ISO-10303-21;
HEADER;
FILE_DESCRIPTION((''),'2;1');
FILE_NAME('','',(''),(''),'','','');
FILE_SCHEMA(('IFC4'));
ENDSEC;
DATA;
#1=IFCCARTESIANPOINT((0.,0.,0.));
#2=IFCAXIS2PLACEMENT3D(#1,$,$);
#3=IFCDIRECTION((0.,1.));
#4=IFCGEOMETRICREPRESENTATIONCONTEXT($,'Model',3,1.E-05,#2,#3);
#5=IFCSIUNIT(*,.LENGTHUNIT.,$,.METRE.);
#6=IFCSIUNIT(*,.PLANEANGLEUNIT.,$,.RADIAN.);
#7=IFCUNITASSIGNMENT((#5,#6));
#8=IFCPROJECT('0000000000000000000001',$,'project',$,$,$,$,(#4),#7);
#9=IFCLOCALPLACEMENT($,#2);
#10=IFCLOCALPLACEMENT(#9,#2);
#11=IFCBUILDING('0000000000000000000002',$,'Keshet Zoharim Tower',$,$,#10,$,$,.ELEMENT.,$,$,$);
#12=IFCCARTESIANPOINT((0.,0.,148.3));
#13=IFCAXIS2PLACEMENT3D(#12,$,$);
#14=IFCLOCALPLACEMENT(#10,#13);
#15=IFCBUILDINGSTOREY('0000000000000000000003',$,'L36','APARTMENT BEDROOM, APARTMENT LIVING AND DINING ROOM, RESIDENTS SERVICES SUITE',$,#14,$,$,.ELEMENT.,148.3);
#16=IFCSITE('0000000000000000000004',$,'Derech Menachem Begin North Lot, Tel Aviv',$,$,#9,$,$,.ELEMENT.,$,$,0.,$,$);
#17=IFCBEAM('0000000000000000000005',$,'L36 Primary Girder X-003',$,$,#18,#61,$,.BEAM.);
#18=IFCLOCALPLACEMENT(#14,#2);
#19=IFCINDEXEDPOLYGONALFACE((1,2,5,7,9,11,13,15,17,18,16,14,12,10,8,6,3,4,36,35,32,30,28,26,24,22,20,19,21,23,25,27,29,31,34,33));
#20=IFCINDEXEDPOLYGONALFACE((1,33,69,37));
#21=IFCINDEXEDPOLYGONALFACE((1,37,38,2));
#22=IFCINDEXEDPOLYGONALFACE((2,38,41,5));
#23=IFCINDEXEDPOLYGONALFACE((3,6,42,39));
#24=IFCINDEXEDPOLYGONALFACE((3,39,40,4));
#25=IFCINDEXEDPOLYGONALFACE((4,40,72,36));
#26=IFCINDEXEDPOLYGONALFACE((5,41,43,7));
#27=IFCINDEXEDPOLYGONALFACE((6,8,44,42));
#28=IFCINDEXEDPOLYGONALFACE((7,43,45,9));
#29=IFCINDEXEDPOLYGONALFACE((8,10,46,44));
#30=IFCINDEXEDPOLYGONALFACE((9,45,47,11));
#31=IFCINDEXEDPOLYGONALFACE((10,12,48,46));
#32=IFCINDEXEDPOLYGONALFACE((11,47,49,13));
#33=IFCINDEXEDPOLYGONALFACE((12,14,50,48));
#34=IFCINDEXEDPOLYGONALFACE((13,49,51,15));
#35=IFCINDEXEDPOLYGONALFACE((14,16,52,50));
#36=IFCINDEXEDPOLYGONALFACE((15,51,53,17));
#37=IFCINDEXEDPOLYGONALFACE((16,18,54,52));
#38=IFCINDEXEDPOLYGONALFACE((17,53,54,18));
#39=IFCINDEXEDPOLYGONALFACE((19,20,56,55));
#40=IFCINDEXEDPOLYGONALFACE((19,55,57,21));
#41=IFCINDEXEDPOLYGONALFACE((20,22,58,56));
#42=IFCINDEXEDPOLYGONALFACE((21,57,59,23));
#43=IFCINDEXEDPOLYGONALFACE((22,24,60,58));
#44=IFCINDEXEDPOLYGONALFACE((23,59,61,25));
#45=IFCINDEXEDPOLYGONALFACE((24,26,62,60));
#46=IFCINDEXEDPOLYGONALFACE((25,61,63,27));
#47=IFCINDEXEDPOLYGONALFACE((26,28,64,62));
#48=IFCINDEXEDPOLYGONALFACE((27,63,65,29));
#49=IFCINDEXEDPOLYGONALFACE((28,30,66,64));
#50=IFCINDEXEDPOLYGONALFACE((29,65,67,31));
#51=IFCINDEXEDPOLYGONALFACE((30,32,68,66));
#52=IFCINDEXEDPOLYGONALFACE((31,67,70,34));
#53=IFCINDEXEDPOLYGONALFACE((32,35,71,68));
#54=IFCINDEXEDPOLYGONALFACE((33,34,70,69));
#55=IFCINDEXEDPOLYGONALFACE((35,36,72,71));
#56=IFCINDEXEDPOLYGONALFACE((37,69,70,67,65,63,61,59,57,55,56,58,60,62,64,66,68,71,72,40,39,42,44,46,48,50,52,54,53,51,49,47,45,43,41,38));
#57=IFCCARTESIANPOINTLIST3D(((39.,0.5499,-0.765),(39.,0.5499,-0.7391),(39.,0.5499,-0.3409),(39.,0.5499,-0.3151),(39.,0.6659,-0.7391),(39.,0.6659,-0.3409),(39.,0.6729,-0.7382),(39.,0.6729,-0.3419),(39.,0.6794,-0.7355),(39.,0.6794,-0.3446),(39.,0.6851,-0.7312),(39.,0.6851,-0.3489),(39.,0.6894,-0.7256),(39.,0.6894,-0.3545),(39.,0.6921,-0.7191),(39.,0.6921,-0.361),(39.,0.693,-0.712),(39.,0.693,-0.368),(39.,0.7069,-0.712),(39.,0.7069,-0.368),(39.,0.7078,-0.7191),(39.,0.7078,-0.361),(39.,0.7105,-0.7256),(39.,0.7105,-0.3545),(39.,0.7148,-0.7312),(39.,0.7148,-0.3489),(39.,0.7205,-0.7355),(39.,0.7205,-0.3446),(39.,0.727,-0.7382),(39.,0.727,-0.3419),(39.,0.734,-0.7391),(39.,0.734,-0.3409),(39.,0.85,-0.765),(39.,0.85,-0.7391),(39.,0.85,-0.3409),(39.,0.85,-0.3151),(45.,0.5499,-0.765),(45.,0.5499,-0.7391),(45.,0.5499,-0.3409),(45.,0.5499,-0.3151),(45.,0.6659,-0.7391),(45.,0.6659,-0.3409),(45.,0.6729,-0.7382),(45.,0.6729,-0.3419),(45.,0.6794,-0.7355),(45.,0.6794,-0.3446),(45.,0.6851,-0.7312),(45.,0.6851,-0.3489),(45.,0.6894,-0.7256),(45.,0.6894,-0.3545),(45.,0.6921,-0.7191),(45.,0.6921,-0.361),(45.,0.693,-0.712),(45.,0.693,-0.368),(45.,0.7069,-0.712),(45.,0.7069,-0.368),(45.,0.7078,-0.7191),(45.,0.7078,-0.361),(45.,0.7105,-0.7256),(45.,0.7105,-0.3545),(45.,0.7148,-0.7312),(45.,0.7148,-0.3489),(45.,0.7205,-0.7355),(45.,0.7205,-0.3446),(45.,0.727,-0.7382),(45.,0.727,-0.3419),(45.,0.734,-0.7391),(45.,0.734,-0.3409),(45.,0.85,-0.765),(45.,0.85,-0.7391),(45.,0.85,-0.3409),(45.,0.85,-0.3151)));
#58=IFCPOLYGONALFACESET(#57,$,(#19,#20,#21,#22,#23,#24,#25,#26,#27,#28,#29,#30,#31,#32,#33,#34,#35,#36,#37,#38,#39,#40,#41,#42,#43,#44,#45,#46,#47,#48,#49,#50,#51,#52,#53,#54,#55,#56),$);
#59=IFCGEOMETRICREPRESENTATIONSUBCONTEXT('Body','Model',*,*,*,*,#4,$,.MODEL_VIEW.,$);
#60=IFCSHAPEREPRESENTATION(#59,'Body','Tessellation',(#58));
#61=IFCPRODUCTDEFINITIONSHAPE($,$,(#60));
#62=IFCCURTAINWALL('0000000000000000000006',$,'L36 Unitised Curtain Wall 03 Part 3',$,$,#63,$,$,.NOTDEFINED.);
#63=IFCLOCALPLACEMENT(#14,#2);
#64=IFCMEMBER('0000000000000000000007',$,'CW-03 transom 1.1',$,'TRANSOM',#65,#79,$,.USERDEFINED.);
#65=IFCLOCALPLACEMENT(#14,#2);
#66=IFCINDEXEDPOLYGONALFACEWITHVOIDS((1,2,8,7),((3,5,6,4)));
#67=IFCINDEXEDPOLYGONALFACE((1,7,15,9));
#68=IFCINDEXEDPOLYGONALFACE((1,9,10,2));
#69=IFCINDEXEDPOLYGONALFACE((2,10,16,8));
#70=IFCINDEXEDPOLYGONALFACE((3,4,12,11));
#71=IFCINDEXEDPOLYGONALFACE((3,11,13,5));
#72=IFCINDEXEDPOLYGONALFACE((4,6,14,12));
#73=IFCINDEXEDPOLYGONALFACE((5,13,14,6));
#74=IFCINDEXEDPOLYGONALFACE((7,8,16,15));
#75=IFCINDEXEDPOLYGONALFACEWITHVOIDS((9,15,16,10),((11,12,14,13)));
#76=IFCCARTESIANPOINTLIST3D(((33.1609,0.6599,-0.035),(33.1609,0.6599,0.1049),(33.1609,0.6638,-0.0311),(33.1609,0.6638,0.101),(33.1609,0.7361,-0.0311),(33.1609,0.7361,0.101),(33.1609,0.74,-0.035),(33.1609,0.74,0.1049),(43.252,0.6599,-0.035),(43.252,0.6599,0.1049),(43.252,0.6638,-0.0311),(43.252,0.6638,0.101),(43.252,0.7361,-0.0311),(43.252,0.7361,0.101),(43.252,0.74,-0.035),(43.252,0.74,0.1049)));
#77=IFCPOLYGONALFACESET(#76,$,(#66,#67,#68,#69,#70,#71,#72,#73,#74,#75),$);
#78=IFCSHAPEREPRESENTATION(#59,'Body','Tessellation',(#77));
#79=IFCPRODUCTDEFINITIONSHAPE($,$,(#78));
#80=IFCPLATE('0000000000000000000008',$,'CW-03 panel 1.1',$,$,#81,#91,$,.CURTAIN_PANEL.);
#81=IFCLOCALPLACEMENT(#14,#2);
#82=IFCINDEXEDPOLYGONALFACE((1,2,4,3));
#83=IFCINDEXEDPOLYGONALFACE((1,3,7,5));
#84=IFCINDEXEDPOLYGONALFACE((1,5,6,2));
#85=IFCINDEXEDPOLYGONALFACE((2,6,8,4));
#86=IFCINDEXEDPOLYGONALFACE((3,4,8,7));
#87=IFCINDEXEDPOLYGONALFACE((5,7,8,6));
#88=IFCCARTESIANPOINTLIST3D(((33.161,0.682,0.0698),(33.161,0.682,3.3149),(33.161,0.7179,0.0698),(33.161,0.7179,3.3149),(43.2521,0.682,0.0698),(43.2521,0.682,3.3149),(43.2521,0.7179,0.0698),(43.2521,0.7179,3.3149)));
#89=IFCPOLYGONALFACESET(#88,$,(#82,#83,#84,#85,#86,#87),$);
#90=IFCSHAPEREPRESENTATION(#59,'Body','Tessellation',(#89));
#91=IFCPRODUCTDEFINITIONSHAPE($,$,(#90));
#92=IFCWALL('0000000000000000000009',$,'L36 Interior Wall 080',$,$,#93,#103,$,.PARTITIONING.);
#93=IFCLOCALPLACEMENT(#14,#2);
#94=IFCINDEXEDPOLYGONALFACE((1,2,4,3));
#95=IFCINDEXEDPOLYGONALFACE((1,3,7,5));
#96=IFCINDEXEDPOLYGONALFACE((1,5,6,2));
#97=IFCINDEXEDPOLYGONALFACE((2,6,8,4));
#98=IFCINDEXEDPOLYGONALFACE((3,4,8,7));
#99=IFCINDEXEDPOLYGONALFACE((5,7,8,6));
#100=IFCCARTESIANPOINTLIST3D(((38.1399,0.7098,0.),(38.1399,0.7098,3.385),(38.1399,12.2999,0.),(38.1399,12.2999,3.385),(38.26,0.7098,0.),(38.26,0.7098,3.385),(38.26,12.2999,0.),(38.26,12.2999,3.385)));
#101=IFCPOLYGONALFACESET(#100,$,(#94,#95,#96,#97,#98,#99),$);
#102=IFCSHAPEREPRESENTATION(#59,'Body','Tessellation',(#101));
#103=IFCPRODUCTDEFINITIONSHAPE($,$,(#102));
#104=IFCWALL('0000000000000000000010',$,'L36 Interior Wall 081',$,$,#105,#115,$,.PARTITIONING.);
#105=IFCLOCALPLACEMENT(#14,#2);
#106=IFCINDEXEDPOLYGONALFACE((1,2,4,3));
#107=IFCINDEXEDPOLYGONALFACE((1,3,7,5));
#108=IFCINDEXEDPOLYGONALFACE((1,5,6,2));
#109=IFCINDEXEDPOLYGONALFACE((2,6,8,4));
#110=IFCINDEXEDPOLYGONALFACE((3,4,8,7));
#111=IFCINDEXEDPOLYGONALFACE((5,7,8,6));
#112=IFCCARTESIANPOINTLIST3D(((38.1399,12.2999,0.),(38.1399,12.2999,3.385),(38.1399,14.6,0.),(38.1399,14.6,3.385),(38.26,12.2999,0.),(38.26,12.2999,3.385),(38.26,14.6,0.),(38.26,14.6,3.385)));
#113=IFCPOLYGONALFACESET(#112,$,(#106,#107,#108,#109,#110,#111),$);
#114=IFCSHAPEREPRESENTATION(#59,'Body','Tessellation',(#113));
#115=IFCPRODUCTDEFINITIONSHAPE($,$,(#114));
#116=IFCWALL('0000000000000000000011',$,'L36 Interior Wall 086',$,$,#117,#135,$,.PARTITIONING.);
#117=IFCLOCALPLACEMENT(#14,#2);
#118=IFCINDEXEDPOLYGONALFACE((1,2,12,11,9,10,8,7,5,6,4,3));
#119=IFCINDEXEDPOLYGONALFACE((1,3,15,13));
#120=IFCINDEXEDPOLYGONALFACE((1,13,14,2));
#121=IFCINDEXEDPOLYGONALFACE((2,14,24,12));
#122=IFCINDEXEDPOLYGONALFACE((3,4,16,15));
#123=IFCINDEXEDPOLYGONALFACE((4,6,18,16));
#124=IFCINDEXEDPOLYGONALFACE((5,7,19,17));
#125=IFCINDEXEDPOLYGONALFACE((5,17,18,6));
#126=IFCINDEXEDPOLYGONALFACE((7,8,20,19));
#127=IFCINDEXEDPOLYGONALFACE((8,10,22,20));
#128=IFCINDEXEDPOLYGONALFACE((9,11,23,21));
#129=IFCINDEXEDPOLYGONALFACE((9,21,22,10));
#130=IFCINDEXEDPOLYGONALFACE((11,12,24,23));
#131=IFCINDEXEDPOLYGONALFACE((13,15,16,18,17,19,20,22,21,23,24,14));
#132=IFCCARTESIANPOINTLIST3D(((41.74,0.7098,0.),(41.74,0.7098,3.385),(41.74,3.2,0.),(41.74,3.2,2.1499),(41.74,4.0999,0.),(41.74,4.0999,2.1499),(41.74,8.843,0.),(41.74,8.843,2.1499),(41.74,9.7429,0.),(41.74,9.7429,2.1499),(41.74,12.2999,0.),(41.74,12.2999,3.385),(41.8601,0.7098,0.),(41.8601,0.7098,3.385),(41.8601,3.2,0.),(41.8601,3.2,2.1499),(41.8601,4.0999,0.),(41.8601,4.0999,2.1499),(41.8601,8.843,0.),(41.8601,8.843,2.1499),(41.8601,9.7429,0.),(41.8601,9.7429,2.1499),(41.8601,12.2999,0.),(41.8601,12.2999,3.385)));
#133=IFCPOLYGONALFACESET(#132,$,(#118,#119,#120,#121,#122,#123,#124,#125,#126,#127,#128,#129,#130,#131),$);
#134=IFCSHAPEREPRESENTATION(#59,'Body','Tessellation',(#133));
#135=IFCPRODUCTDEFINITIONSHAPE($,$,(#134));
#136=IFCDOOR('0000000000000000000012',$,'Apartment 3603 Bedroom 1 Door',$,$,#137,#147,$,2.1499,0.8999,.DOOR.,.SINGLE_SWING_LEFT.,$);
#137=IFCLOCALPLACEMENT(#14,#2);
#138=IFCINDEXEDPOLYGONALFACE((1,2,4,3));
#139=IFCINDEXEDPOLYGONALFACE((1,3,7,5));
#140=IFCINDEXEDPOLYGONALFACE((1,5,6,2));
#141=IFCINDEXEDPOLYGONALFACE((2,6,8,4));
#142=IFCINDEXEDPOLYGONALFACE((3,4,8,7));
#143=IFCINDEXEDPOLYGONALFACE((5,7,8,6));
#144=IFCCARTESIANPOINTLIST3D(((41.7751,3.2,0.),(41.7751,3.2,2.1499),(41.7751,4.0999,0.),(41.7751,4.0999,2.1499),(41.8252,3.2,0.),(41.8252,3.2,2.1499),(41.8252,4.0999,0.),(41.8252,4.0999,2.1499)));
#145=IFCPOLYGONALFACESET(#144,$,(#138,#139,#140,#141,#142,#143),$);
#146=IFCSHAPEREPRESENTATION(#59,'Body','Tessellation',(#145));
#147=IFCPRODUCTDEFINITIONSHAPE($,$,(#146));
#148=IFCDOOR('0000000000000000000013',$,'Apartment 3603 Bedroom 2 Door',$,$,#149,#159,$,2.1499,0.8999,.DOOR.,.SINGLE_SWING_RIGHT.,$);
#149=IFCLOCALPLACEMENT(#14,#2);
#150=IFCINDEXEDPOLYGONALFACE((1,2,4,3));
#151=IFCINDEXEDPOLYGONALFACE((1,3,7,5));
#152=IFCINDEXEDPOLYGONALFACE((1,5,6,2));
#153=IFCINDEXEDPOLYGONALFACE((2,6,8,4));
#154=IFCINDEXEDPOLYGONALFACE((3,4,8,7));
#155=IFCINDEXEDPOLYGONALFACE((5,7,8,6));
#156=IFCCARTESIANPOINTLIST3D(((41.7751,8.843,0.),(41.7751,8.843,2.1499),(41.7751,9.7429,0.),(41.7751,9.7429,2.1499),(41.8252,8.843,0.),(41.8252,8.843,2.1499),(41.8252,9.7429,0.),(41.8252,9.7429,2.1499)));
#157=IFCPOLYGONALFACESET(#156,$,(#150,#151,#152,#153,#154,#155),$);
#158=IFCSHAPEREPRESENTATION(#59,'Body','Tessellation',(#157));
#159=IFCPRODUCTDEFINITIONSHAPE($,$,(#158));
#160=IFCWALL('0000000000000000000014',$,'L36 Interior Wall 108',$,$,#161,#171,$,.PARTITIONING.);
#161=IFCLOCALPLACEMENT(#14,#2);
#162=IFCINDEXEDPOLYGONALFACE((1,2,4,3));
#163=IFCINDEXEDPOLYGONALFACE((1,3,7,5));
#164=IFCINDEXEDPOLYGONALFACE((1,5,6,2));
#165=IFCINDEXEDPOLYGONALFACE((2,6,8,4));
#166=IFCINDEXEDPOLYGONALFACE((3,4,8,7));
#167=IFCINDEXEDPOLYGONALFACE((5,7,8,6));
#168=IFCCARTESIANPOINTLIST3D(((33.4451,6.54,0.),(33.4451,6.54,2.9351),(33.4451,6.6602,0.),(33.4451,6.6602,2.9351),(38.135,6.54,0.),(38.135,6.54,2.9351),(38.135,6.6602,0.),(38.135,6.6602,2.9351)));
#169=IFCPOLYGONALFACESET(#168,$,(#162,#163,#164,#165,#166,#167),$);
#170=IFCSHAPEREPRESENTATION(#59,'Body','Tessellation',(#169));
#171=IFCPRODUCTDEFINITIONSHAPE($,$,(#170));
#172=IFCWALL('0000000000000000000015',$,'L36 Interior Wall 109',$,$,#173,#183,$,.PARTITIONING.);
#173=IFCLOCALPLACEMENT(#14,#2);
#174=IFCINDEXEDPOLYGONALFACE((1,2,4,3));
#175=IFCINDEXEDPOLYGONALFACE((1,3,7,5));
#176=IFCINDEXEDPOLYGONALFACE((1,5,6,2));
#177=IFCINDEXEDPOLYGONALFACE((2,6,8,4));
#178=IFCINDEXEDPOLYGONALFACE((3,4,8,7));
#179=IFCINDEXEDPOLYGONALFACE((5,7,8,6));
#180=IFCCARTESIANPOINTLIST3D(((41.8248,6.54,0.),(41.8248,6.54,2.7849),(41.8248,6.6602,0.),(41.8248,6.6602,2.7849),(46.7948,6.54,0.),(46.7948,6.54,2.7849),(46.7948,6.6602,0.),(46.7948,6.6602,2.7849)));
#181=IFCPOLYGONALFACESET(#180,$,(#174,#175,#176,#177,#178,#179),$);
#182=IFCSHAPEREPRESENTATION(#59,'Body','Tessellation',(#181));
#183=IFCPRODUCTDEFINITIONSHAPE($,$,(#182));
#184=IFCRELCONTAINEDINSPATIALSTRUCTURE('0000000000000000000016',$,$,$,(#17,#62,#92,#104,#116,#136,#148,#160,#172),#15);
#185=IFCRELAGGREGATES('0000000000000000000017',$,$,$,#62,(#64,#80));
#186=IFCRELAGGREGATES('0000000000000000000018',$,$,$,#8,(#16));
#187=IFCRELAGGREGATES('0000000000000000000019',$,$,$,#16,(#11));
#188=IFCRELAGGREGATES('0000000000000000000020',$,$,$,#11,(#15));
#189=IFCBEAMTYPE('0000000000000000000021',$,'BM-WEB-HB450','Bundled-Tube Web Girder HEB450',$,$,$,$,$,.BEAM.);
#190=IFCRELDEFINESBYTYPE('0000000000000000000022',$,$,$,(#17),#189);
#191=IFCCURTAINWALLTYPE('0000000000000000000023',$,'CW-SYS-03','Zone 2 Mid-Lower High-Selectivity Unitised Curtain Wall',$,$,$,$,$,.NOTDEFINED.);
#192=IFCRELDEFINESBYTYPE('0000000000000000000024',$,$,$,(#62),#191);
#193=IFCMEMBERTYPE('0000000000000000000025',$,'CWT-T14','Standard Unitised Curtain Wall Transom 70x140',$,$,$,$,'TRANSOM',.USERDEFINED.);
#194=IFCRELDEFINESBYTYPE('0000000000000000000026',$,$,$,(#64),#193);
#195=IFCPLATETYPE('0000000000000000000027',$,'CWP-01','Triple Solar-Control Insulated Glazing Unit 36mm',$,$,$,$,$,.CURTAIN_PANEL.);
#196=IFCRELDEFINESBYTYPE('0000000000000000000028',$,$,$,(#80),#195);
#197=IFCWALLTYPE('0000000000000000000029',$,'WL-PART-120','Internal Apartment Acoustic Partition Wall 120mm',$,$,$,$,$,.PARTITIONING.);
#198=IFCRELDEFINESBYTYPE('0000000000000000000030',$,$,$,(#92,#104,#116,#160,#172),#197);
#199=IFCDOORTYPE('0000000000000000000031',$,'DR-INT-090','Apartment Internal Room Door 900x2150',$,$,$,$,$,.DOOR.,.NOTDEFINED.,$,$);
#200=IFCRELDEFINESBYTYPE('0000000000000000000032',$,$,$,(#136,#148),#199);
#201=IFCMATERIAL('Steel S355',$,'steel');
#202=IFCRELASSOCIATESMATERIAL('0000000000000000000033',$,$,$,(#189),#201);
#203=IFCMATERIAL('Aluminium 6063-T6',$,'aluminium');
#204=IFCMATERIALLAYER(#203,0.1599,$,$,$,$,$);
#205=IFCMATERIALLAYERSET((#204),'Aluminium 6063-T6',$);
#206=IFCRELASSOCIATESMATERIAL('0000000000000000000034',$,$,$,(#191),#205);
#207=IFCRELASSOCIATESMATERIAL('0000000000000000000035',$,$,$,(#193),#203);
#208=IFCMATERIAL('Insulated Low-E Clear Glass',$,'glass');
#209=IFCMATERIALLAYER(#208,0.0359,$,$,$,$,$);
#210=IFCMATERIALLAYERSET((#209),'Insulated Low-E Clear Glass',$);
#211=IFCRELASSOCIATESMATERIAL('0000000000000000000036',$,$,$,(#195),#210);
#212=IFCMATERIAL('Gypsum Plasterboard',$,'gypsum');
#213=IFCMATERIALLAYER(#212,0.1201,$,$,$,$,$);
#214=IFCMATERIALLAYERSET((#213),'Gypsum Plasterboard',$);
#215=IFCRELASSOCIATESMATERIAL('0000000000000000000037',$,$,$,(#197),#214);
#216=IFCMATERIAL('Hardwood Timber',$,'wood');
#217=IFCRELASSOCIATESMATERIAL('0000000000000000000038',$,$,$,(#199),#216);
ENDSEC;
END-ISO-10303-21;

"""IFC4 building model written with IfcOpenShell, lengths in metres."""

from ifc_helpers import new_model, si_unit, direction, frame, frame_2d, origin, origin_2d, place, context, subcontext, project, spatial, rectangle, hollow_rectangle, i_section, extrude, material, layer, layer_set, material_profile, profile_set, type_object, element, fill, aggregate, save


model = new_model("IFC4")

# Units and contexts
model_context = context("Model", 3, precision=1e-05, world=origin(), true_north=direction((0.0, 1.0)))
body_context = subcontext(model_context, "Body", "Model", "MODEL_VIEW")
ifc_project = project(units=[si_unit("LENGTHUNIT", "METRE"), si_unit("PLANEANGLEUNIT", "RADIAN")], contexts=[model_context])

# Site, building, storey
site_placement = place(None, origin())
site = spatial("IfcSite", under=ifc_project, at=site_placement, Name="Derech Menachem Begin North Lot, Tel Aviv", CompositionType="ELEMENT", RefElevation=0.0)
building_placement = place(site_placement, origin())
building = spatial("IfcBuilding", under=site, at=building_placement, Name="Keshet Zoharim Tower", CompositionType="ELEMENT")
storey_placement = place(building_placement, frame((0.0, 0.0, 148.3)))
storey = spatial("IfcBuildingStorey", under=building, at=storey_placement, Name="L36", Description="APARTMENT BEDROOM, APARTMENT LIVING AND DINING ROOM, RESIDENTS SERVICES SUITE", CompositionType="ELEMENT", Elevation=148.3)

# Shared definitions
ifc_material_1 = material(Name="Steel S355", Category="steel")

# Beam
ifc_material_profile_1 = material_profile(ifc_material_1, i_section(OverallWidth=0.3, OverallDepth=0.45, WebThickness=0.0139, FlangeThickness=0.0259, FilletRadius=0.0271, at=origin_2d()), Name="HEB450")
ifc_profile_set_1 = profile_set([ifc_material_profile_1], Name="Steel S355")
beam_type_1 = type_object("IfcBeamType", Name="BM-WEB-HB450", Description="Bundled-Tube Web Girder HEB450", PredefinedType="BEAM", material=ifc_profile_set_1)
beam_1_placement = place(storey_placement, frame((39.0, 0.7, -0.54), z_axis=(1.0, 0.0, 0.0), x_axis=(0.0, 1.0, 0.0)))
element("IfcBeam", 1, at=beam_1_placement, inside=storey, type_object=beam_type_1, Name="L36 Primary Girder X-003", PredefinedType="BEAM", context=body_context, shape_type="SweptSolid", body=[
    extrude(i_section(OverallWidth=0.3, OverallDepth=0.45, WebThickness=0.0139, FlangeThickness=0.0259, FilletRadius=0.0271, at=origin_2d()), origin(), (0.0, 0.0, 1.0), 6.0),
])

# Curtain wall, member, plate
ifc_material_2 = material(Name="Aluminium 6063-T6", Category="aluminium")
ifc_layer_1 = layer(ifc_material_2, 0.1599)
ifc_layer_set_1 = layer_set([ifc_layer_1], Name="Aluminium 6063-T6")
curtain_wall_type = type_object("IfcCurtainWallType", Name="CW-SYS-03", Description="Zone 2 Mid-Lower High-Selectivity Unitised Curtain Wall", PredefinedType="NOTDEFINED", material=ifc_layer_set_1)
curtain_wall_placement = place(storey_placement, origin())
curtain_wall = element("IfcCurtainWall", 2, at=curtain_wall_placement, inside=storey, type_object=curtain_wall_type, Name="L36 Unitised Curtain Wall 03 Part 3", PredefinedType="NOTDEFINED")
ifc_material_profile_2 = material_profile(ifc_material_2, hollow_rectangle(XDim=0.0801, YDim=0.1399, WallThickness=0.0039, at=origin_2d()), Name="TRN-80x140")
ifc_profile_set_2 = profile_set([ifc_material_profile_2], Name="Aluminium 6063-T6")
member_type = type_object("IfcMemberType", Name="CWT-T14", Description="Standard Unitised Curtain Wall Transom 70x140", ElementType="TRANSOM", PredefinedType="USERDEFINED", material=ifc_profile_set_2)
member_placement = place(storey_placement, frame((43.252, 0.7, 0.0349), z_axis=(-1.0, 0.0, 0.0), x_axis=(0.0, -1.0, 0.0)))
member = element("IfcMember", 3, at=member_placement, type_object=member_type, Name="CW-03 transom 1.1", ObjectType="TRANSOM", PredefinedType="USERDEFINED", context=body_context, shape_type="SweptSolid", body=[
    extrude(hollow_rectangle(XDim=0.0801, YDim=0.1399, WallThickness=0.0039, at=origin_2d()), origin(), (0.0, 0.0, 1.0), 10.0911),
])
ifc_material_3 = material(Name="Insulated Low-E Clear Glass", Category="glass")
ifc_layer_2 = layer(ifc_material_3, 0.0359)
ifc_layer_set_2 = layer_set([ifc_layer_2], Name="Insulated Low-E Clear Glass")
plate_type = type_object("IfcPlateType", Name="CWP-01", Description="Triple Solar-Control Insulated Glazing Unit 36mm", PredefinedType="CURTAIN_PANEL", material=ifc_layer_set_2)
plate_placement = place(storey_placement, frame((38.2065, 0.7, 0.0698), z_axis=(0.0, 0.0, 1.0), x_axis=(-1.0, 0.0, 0.0)))
plate = element("IfcPlate", 4, at=plate_placement, type_object=plate_type, Name="CW-03 panel 1.1", PredefinedType="CURTAIN_PANEL", context=body_context, shape_type="SweptSolid", body=[
    extrude(rectangle(XDim=10.0911, YDim=0.0359, at=origin_2d()), origin(), (0.0, 0.0, 1.0), 3.2451),
])
aggregate(curtain_wall, [member, plate])

# Walls
ifc_material_4 = material(Name="Gypsum Plasterboard", Category="gypsum")
ifc_layer_3 = layer(ifc_material_4, 0.1201)
ifc_layer_set_3 = layer_set([ifc_layer_3], Name="Gypsum Plasterboard")
wall_type = type_object("IfcWallType", Name="WL-PART-120", Description="Internal Apartment Acoustic Partition Wall 120mm", PredefinedType="PARTITIONING", material=ifc_layer_set_3)
wall_1_placement = place(storey_placement, frame((38.2, 0.71, 0.0), z_axis=(0.0, 0.0, 1.0), x_axis=(0.0, 1.0, 0.0)))
element("IfcWall", 5, at=wall_1_placement, inside=storey, type_object=wall_type, Name="L36 Interior Wall 080", PredefinedType="PARTITIONING", context=body_context, shape_type="SweptSolid", body=[
    extrude(rectangle(XDim=11.5901, YDim=0.1201, at=frame_2d((5.7949, 0.0))), origin(), (0.0, 0.0, 1.0), 3.385),
])
wall_2_placement = place(storey_placement, frame((38.2, 12.3, 0.0), z_axis=(0.0, 0.0, 1.0), x_axis=(0.0, 1.0, 0.0)))
element("IfcWall", 6, at=wall_2_placement, inside=storey, type_object=wall_type, Name="L36 Interior Wall 081", PredefinedType="PARTITIONING", context=body_context, shape_type="SweptSolid", body=[
    extrude(rectangle(XDim=2.3, YDim=0.1201, at=frame_2d((1.1499, 0.0))), origin(), (0.0, 0.0, 1.0), 3.385),
])

# Wall, openings, doors
wall_3_placement = place(storey_placement, frame((41.8, 0.71, 0.0), z_axis=(0.0, 0.0, 1.0), x_axis=(0.0, 1.0, 0.0)))
wall_3 = element("IfcWall", 7, at=wall_3_placement, inside=storey, type_object=wall_type, Name="L36 Interior Wall 086", PredefinedType="PARTITIONING", context=body_context, shape_type="SweptSolid", body=[
    extrude(rectangle(XDim=11.5901, YDim=0.1201, at=frame_2d((5.7949, 0.0))), origin(), (0.0, 0.0, 1.0), 3.385),
])
opening_1_placement = place(wall_3_placement, frame((2.49, 0.0, 0.0)))
opening_1 = element("IfcOpeningElement", 8, at=opening_1_placement, cuts=wall_3, PredefinedType="OPENING", context=body_context, shape_type="SweptSolid", body=[
    extrude(rectangle(XDim=0.8999, YDim=2.1499, at=frame_2d((0.45, 1.075))), frame((0.0, 0.0701, 0.0), z_axis=(0.0, -1.0, 0.0), x_axis=(1.0, 0.0, 0.0)), (0.0, 0.0, 1.0), 0.1401),
])
opening_2_placement = place(wall_3_placement, frame((8.1331, 0.0, 0.0)))
opening_2 = element("IfcOpeningElement", 9, at=opening_2_placement, cuts=wall_3, PredefinedType="OPENING", context=body_context, shape_type="SweptSolid", body=[
    extrude(rectangle(XDim=0.8999, YDim=2.1499, at=frame_2d((0.45, 1.075))), frame((0.0, 0.0701, 0.0), z_axis=(0.0, -1.0, 0.0), x_axis=(1.0, 0.0, 0.0)), (0.0, 0.0, 1.0), 0.1401),
])
ifc_material_5 = material(Name="Hardwood Timber", Category="wood")
door_type = type_object("IfcDoorType", Name="DR-INT-090", Description="Apartment Internal Room Door 900x2150", OperationType="NOTDEFINED", PredefinedType="DOOR", material=ifc_material_5)
door_1_placement = place(opening_1_placement, origin())
door_1 = element("IfcDoor", 10, at=door_1_placement, inside=storey, type_object=door_type, Name="Apartment 3603 Bedroom 1 Door", OperationType="SINGLE_SWING_LEFT", OverallHeight=2.1499, OverallWidth=0.8999, PredefinedType="DOOR", context=body_context, shape_type="SweptSolid", body=[
    extrude(rectangle(XDim=0.8999, YDim=2.1499, at=frame_2d((0.45, 1.075))), frame((0.0, 0.0249, 0.0), z_axis=(0.0, -1.0, 0.0), x_axis=(1.0, 0.0, 0.0)), (0.0, 0.0, 1.0), 0.05),
])
fill(opening_1, door_1)
door_2_placement = place(opening_2_placement, origin())
door_2 = element("IfcDoor", 11, at=door_2_placement, inside=storey, type_object=door_type, Name="Apartment 3603 Bedroom 2 Door", OperationType="SINGLE_SWING_RIGHT", OverallHeight=2.1499, OverallWidth=0.8999, PredefinedType="DOOR", context=body_context, shape_type="SweptSolid", body=[
    extrude(rectangle(XDim=0.8999, YDim=2.1499, at=frame_2d((0.45, 1.075))), frame((0.0, 0.0249, 0.0), z_axis=(0.0, -1.0, 0.0), x_axis=(1.0, 0.0, 0.0)), (0.0, 0.0, 1.0), 0.05),
])
fill(opening_2, door_2)

# Walls
wall_4_placement = place(storey_placement, frame((33.4451, 6.6001, 0.0), z_axis=(0.0, 0.0, 1.0), x_axis=(1.0, 0.0, 0.0)))
element("IfcWall", 12, at=wall_4_placement, inside=storey, type_object=wall_type, Name="L36 Interior Wall 108", PredefinedType="PARTITIONING", context=body_context, shape_type="SweptSolid", body=[
    extrude(rectangle(XDim=4.6899, YDim=0.1201, at=frame_2d((2.345, 0.0))), origin(), (0.0, 0.0, 1.0), 2.9351),
])
wall_5_placement = place(storey_placement, frame((41.825, 6.6001, 0.0), z_axis=(0.0, 0.0, 1.0), x_axis=(1.0, 0.0, 0.0)))
element("IfcWall", 13, at=wall_5_placement, inside=storey, type_object=wall_type, Name="L36 Interior Wall 109", PredefinedType="PARTITIONING", context=body_context, shape_type="SweptSolid", body=[
    extrude(rectangle(XDim=4.97, YDim=0.1201, at=frame_2d((2.4849, 0.0))), origin(), (0.0, 0.0, 1.0), 2.7849),
])

save(model, "model.ifc")
